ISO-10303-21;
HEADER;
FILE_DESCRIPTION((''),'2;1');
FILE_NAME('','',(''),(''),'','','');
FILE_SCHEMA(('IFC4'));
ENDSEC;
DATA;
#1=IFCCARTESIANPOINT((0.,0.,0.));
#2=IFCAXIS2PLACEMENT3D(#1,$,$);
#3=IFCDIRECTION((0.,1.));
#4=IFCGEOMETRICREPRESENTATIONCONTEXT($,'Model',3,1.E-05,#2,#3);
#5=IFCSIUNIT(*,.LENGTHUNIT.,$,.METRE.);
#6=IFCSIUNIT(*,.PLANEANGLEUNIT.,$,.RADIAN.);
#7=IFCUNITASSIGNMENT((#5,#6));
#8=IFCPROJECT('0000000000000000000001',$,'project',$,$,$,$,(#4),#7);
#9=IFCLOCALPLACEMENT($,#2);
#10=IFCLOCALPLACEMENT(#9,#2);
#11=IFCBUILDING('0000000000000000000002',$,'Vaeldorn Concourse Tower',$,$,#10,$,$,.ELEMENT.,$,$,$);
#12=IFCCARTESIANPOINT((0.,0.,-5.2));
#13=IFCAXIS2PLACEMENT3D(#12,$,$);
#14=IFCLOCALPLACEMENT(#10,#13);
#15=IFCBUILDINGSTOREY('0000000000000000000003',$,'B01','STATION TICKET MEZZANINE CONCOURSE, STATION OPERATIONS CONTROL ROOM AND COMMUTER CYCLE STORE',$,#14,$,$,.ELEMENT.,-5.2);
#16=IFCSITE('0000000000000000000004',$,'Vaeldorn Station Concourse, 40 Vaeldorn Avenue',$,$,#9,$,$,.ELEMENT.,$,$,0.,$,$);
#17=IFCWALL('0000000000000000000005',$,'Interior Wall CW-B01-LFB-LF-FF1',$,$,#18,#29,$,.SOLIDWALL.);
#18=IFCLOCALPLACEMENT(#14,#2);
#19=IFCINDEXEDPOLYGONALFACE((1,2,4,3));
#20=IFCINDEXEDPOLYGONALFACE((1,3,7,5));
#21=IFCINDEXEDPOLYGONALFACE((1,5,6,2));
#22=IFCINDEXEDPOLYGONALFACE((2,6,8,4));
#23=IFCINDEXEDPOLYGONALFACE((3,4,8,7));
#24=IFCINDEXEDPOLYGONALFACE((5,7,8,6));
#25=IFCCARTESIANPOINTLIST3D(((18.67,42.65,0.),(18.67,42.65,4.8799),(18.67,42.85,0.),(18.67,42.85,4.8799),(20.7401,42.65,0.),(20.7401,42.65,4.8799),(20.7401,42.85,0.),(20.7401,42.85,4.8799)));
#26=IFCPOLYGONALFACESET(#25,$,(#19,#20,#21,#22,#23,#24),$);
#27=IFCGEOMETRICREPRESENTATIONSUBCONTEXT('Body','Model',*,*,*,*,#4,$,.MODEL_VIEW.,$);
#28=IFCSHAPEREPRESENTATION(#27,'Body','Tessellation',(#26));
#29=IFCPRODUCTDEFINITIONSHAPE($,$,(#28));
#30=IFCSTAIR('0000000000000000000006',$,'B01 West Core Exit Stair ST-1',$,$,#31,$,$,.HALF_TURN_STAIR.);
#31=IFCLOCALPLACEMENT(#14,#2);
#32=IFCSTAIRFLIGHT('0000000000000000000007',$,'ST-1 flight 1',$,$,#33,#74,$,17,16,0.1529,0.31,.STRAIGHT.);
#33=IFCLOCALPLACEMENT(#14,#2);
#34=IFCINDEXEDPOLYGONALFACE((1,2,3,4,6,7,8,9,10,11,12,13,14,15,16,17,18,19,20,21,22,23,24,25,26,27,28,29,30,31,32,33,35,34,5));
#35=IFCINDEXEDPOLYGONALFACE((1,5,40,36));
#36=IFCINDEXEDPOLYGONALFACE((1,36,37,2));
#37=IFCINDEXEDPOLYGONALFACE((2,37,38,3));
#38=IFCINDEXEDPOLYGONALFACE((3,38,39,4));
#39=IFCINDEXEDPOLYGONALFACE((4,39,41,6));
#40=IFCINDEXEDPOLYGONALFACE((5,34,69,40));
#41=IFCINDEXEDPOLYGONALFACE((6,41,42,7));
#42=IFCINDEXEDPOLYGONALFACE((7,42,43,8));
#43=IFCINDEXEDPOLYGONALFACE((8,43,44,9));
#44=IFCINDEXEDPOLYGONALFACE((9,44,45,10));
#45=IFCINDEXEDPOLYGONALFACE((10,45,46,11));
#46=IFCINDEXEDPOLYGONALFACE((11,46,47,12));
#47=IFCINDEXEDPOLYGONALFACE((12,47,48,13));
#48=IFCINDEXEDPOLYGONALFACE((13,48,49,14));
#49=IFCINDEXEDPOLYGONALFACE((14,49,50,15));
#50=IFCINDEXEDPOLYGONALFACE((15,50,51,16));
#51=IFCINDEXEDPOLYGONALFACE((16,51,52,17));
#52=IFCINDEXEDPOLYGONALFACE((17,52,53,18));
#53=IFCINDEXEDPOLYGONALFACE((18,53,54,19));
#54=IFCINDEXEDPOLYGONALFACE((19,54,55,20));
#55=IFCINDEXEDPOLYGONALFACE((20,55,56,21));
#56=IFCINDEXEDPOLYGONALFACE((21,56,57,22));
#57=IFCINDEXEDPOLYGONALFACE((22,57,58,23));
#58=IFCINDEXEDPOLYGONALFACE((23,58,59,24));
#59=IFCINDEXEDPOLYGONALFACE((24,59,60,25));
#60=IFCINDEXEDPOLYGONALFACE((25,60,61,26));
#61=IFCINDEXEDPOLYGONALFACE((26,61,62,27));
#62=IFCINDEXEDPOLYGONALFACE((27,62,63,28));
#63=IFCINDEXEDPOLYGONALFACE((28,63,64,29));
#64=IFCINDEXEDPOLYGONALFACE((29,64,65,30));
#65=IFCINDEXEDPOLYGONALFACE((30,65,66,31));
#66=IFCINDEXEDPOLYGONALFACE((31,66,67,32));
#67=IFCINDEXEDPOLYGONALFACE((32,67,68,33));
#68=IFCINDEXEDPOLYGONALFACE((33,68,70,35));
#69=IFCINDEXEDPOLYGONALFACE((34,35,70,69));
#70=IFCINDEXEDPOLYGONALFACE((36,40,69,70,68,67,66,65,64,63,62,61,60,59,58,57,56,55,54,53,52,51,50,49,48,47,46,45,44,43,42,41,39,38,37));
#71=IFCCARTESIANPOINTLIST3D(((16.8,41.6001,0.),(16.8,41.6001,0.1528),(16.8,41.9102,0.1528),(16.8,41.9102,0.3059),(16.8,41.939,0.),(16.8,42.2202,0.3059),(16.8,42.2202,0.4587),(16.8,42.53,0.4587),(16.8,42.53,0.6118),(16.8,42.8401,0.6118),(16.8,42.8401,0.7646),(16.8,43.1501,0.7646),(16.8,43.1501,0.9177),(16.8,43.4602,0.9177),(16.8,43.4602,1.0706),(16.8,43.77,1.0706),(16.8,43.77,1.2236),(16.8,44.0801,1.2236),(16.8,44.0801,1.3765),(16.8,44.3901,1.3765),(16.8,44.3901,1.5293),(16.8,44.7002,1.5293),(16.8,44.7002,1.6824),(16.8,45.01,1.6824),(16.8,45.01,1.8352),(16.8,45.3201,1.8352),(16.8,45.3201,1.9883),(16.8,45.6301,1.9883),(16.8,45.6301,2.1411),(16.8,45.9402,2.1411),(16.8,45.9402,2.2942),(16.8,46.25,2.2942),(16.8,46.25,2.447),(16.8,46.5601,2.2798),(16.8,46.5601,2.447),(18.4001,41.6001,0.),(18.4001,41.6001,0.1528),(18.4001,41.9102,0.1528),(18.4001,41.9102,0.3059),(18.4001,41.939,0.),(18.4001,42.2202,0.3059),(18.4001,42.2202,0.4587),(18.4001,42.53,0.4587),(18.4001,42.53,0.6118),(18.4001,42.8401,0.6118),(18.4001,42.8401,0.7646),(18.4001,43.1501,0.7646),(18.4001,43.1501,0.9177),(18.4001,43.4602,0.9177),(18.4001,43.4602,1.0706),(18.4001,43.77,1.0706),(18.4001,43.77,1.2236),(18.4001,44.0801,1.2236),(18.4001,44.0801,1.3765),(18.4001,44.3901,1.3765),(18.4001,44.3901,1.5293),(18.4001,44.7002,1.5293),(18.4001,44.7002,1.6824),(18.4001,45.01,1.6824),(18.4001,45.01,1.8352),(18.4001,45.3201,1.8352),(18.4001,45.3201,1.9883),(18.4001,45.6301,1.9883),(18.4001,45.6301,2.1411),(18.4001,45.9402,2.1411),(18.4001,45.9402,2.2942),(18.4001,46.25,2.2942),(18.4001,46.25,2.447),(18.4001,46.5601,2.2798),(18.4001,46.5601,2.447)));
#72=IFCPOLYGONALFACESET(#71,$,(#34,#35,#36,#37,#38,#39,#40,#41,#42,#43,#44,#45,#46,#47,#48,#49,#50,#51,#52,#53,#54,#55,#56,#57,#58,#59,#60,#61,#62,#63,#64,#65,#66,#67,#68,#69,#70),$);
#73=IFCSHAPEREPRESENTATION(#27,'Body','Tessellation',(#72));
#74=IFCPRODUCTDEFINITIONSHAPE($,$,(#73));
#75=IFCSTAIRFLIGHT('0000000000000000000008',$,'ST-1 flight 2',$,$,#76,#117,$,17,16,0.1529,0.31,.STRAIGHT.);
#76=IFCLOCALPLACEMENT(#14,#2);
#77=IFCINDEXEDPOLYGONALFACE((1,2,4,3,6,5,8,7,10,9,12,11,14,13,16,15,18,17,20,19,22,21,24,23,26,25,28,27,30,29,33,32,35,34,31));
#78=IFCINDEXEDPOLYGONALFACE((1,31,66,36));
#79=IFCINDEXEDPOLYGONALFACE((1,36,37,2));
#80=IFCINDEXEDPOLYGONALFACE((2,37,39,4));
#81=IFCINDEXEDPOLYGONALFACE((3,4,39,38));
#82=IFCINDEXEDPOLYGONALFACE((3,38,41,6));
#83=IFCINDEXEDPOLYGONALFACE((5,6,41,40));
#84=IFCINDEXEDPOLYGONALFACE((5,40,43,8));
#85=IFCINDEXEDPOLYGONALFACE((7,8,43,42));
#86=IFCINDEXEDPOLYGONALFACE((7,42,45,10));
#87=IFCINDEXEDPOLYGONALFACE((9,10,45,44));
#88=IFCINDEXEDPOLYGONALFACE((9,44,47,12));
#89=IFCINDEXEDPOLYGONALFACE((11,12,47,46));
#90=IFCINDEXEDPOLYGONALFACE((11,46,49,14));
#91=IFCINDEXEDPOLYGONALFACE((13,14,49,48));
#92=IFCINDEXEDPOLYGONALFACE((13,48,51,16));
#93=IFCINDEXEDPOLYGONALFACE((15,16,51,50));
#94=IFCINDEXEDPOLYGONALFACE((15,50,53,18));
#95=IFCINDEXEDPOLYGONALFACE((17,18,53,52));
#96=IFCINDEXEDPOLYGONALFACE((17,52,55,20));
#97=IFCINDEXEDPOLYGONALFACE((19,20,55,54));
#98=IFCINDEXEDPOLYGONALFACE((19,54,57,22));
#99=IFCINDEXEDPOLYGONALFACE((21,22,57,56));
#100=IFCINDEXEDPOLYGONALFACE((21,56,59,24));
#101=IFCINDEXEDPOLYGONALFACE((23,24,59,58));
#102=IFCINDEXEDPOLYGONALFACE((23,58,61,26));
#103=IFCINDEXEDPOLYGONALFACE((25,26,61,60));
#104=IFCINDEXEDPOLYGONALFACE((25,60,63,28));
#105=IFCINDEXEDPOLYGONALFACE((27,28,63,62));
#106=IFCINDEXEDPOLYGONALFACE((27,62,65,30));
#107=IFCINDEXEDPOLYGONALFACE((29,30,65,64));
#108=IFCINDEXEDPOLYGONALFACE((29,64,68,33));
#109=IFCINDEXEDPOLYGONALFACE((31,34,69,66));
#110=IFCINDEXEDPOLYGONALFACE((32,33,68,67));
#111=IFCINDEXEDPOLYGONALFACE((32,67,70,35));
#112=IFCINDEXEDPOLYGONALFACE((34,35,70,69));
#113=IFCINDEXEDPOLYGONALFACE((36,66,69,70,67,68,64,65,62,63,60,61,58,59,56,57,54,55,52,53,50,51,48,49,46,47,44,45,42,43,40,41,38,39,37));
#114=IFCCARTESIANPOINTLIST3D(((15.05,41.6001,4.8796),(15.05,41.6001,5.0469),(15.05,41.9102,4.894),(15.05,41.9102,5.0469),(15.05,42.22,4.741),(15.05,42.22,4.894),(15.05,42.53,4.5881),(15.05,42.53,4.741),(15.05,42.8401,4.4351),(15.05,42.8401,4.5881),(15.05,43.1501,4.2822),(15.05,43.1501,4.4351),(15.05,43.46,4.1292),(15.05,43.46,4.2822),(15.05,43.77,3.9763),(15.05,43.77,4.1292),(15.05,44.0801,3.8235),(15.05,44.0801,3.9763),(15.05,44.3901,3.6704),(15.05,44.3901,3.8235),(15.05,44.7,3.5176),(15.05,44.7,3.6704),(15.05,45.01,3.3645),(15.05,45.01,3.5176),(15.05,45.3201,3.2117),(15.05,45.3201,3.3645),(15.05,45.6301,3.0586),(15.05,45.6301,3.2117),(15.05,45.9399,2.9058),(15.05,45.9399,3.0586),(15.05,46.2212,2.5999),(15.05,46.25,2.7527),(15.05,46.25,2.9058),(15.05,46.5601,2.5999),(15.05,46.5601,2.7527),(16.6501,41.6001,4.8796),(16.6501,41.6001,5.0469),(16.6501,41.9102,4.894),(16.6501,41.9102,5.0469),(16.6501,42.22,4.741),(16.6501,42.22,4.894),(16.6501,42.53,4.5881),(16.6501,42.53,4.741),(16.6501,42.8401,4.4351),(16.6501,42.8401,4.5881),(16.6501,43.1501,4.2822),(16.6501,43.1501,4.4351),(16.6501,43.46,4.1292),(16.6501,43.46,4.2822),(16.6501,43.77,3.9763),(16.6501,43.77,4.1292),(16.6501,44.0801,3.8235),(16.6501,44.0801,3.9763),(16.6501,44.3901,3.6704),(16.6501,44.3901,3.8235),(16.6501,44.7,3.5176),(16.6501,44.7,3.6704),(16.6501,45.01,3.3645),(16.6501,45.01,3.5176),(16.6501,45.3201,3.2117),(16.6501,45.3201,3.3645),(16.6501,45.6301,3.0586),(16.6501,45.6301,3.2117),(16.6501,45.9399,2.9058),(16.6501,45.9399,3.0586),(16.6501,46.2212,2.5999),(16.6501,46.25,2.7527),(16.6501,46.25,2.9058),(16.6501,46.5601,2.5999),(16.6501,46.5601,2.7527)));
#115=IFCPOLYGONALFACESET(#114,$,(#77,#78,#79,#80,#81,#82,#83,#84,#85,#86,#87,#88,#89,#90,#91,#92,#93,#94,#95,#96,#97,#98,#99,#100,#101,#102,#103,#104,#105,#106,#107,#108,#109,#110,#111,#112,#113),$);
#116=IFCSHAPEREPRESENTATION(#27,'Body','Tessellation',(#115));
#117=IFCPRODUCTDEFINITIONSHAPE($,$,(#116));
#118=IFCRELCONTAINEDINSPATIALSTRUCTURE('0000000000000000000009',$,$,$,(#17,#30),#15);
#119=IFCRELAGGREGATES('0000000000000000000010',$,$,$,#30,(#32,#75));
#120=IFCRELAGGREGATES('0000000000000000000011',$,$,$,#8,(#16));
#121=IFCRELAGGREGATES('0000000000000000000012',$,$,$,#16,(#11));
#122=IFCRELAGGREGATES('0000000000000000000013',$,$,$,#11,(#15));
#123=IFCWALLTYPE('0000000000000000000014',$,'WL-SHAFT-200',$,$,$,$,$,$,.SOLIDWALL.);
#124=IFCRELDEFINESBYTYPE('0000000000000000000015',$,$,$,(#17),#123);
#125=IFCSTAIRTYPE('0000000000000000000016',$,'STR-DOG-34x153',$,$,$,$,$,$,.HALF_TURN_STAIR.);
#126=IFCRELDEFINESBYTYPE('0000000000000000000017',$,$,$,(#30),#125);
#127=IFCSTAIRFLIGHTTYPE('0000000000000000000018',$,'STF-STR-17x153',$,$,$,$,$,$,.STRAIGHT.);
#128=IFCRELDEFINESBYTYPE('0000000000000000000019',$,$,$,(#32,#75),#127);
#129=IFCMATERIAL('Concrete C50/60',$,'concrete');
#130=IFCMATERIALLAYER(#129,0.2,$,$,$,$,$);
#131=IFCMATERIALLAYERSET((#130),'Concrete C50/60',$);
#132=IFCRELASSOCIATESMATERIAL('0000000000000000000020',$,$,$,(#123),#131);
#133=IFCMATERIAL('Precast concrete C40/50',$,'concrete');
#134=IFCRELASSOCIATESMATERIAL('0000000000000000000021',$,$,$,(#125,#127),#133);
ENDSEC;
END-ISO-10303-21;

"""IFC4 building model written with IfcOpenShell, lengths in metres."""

from ifc_helpers import new_model, si_unit, direction, frame, frame_2d, origin, place, context, subcontext, project, spatial, polyline, rectangle, outline, extrude, material, layer, layer_set, type_object, element, aggregate, save


model = new_model("IFC4")

# Units and contexts
model_context = context("Model", 3, precision=1e-05, world=origin(), true_north=direction((0.0, 1.0)))
body_context = subcontext(model_context, "Body", "Model", "MODEL_VIEW")
ifc_project = project(units=[si_unit("LENGTHUNIT", "METRE"), si_unit("PLANEANGLEUNIT", "RADIAN")], contexts=[model_context])

# Site, building, storey
site_placement = place(None, origin())
site = spatial("IfcSite", under=ifc_project, at=site_placement, Name="Vaeldorn Station Concourse, 40 Vaeldorn Avenue", CompositionType="ELEMENT", RefElevation=0.0)
building_placement = place(site_placement, origin())
building = spatial("IfcBuilding", under=site, at=building_placement, Name="Vaeldorn Concourse Tower", CompositionType="ELEMENT")
storey_placement = place(building_placement, frame((0.0, 0.0, -5.2)))
storey = spatial("IfcBuildingStorey", under=building, at=storey_placement, Name="B01", Description="STATION TICKET MEZZANINE CONCOURSE, STATION OPERATIONS CONTROL ROOM AND COMMUTER CYCLE STORE", CompositionType="ELEMENT", Elevation=-5.2)

# Shared definitions
ifc_material_1 = material(Name="Concrete C50/60", Category="concrete")
ifc_layer_1 = layer(ifc_material_1, 0.2)
ifc_layer_set_1 = layer_set([ifc_layer_1], Name="Concrete C50/60")
wall_type_1 = type_object("IfcWallType", Name="WL-SHAFT-200", PredefinedType="SOLIDWALL", material=ifc_layer_set_1)

# Wall
wall_1_placement = place(storey_placement, frame((18.6699, 42.75, 0.0), z_axis=(0.0, 0.0, 1.0), x_axis=(1.0, 0.0, 0.0)))
element("IfcWall", 1, at=wall_1_placement, inside=storey, type_object=wall_type_1, Name="Interior Wall CW-B01-LFB-LF-FF1", PredefinedType="SOLIDWALL", context=body_context, shape_type="SweptSolid", body=[
    extrude(rectangle(XDim=2.0701, YDim=0.2, at=frame_2d((1.0352, 0.0))), origin(), (0.0, 0.0, 1.0), 4.8799),
])

# Stair, stair flights
ifc_material_2 = material(Name="Precast concrete C40/50", Category="concrete")
stair_type = type_object("IfcStairType", Name="STR-DOG-34x153", PredefinedType="HALF_TURN_STAIR", material=ifc_material_2)
stair_placement = place(storey_placement, origin())
stair = element("IfcStair", 2, at=stair_placement, inside=storey, type_object=stair_type, Name="B01 West Core Exit Stair ST-1", PredefinedType="HALF_TURN_STAIR")
stair_flight_type = type_object("IfcStairFlightType", Name="STF-STR-17x153", PredefinedType="STRAIGHT", material=ifc_material_2)
stair_flight_1_placement = place(storey_placement, frame((17.6001, 41.6001, 0.0), z_axis=(0.0, 0.0, 1.0), x_axis=(0.0, 1.0, 0.0)))
stair_flight_1 = element("IfcStairFlight", 3, at=stair_flight_1_placement, type_object=stair_flight_type, Name="ST-1 flight 1", NumberOfRisers=17, NumberOfTreads=16, PredefinedType="STRAIGHT", RiserHeight=0.1529, TreadLength=0.31, context=body_context, shape_type="SweptSolid", body=[
    extrude(outline(polyline([(0.0, 0.0), (0.0, 0.1528), (0.3101, 0.1528), (0.3101, 0.3059), (0.6201, 0.3059), (0.6201, 0.4587), (0.9299, 0.4587), (0.9299, 0.6118), (1.24, 0.6118), (1.24, 0.7646), (1.55, 0.7646), (1.55, 0.9177), (1.8601, 0.9177), (1.8601, 1.0706), (2.1699, 1.0706), (2.1699, 1.2236), (2.48, 1.2236), (2.48, 1.3765), (2.79, 1.3765), (2.79, 1.5293), (3.1001, 1.5293), (3.1001, 1.6824), (3.4099, 1.6824), (3.4099, 1.8352), (3.72, 1.8352), (3.72, 1.9883), (4.03, 1.9883), (4.03, 2.1411), (4.3401, 2.1411), (4.3401, 2.2942), (4.6499, 2.2942), (4.6499, 2.447), (4.96, 2.447), (4.96, 2.6001), (4.96, 2.2798), (0.3389, 0.0), (0.0, 0.0)])), frame((0.0, 0.8, 0.0), z_axis=(0.0, -1.0, 0.0), x_axis=(1.0, 0.0, 0.0)), (0.0, 0.0, 1.0), 1.6001),
])
stair_flight_2_placement = place(storey_placement, frame((15.8501, 46.5601, 2.5999), z_axis=(0.0, 0.0, 1.0), x_axis=(0.0, -1.0, 0.0)))
stair_flight_2 = element("IfcStairFlight", 4, at=stair_flight_2_placement, type_object=stair_flight_type, Name="ST-1 flight 2", NumberOfRisers=17, NumberOfTreads=16, PredefinedType="STRAIGHT", RiserHeight=0.1529, TreadLength=0.31, context=body_context, shape_type="SweptSolid", body=[
    extrude(outline(polyline([(0.0, 0.0), (0.0, 0.1528), (0.3101, 0.1528), (0.3101, 0.3059), (0.6201, 0.3059), (0.6201, 0.4587), (0.9299, 0.4587), (0.9299, 0.6118), (1.24, 0.6118), (1.24, 0.7646), (1.55, 0.7646), (1.55, 0.9177), (1.8601, 0.9177), (1.8601, 1.0706), (2.1699, 1.0706), (2.1699, 1.2236), (2.48, 1.2236), (2.48, 1.3765), (2.79, 1.3765), (2.79, 1.5293), (3.1001, 1.5293), (3.1001, 1.6824), (3.4099, 1.6824), (3.4099, 1.8352), (3.72, 1.8352), (3.72, 1.9883), (4.03, 1.9883), (4.03, 2.1411), (4.3401, 2.1411), (4.3401, 2.2942), (4.6499, 2.2942), (4.6499, 2.447), (4.96, 2.447), (4.96, 2.6001), (4.96, 2.2798), (0.3389, 0.0), (0.0, 0.0)])), frame((0.0, 0.8, 0.0), z_axis=(0.0, -1.0, 0.0), x_axis=(1.0, 0.0, 0.0)), (0.0, 0.0, 1.0), 1.6001),
])
aggregate(stair, [stair_flight_1, stair_flight_2])

save(model, "model.ifc")
